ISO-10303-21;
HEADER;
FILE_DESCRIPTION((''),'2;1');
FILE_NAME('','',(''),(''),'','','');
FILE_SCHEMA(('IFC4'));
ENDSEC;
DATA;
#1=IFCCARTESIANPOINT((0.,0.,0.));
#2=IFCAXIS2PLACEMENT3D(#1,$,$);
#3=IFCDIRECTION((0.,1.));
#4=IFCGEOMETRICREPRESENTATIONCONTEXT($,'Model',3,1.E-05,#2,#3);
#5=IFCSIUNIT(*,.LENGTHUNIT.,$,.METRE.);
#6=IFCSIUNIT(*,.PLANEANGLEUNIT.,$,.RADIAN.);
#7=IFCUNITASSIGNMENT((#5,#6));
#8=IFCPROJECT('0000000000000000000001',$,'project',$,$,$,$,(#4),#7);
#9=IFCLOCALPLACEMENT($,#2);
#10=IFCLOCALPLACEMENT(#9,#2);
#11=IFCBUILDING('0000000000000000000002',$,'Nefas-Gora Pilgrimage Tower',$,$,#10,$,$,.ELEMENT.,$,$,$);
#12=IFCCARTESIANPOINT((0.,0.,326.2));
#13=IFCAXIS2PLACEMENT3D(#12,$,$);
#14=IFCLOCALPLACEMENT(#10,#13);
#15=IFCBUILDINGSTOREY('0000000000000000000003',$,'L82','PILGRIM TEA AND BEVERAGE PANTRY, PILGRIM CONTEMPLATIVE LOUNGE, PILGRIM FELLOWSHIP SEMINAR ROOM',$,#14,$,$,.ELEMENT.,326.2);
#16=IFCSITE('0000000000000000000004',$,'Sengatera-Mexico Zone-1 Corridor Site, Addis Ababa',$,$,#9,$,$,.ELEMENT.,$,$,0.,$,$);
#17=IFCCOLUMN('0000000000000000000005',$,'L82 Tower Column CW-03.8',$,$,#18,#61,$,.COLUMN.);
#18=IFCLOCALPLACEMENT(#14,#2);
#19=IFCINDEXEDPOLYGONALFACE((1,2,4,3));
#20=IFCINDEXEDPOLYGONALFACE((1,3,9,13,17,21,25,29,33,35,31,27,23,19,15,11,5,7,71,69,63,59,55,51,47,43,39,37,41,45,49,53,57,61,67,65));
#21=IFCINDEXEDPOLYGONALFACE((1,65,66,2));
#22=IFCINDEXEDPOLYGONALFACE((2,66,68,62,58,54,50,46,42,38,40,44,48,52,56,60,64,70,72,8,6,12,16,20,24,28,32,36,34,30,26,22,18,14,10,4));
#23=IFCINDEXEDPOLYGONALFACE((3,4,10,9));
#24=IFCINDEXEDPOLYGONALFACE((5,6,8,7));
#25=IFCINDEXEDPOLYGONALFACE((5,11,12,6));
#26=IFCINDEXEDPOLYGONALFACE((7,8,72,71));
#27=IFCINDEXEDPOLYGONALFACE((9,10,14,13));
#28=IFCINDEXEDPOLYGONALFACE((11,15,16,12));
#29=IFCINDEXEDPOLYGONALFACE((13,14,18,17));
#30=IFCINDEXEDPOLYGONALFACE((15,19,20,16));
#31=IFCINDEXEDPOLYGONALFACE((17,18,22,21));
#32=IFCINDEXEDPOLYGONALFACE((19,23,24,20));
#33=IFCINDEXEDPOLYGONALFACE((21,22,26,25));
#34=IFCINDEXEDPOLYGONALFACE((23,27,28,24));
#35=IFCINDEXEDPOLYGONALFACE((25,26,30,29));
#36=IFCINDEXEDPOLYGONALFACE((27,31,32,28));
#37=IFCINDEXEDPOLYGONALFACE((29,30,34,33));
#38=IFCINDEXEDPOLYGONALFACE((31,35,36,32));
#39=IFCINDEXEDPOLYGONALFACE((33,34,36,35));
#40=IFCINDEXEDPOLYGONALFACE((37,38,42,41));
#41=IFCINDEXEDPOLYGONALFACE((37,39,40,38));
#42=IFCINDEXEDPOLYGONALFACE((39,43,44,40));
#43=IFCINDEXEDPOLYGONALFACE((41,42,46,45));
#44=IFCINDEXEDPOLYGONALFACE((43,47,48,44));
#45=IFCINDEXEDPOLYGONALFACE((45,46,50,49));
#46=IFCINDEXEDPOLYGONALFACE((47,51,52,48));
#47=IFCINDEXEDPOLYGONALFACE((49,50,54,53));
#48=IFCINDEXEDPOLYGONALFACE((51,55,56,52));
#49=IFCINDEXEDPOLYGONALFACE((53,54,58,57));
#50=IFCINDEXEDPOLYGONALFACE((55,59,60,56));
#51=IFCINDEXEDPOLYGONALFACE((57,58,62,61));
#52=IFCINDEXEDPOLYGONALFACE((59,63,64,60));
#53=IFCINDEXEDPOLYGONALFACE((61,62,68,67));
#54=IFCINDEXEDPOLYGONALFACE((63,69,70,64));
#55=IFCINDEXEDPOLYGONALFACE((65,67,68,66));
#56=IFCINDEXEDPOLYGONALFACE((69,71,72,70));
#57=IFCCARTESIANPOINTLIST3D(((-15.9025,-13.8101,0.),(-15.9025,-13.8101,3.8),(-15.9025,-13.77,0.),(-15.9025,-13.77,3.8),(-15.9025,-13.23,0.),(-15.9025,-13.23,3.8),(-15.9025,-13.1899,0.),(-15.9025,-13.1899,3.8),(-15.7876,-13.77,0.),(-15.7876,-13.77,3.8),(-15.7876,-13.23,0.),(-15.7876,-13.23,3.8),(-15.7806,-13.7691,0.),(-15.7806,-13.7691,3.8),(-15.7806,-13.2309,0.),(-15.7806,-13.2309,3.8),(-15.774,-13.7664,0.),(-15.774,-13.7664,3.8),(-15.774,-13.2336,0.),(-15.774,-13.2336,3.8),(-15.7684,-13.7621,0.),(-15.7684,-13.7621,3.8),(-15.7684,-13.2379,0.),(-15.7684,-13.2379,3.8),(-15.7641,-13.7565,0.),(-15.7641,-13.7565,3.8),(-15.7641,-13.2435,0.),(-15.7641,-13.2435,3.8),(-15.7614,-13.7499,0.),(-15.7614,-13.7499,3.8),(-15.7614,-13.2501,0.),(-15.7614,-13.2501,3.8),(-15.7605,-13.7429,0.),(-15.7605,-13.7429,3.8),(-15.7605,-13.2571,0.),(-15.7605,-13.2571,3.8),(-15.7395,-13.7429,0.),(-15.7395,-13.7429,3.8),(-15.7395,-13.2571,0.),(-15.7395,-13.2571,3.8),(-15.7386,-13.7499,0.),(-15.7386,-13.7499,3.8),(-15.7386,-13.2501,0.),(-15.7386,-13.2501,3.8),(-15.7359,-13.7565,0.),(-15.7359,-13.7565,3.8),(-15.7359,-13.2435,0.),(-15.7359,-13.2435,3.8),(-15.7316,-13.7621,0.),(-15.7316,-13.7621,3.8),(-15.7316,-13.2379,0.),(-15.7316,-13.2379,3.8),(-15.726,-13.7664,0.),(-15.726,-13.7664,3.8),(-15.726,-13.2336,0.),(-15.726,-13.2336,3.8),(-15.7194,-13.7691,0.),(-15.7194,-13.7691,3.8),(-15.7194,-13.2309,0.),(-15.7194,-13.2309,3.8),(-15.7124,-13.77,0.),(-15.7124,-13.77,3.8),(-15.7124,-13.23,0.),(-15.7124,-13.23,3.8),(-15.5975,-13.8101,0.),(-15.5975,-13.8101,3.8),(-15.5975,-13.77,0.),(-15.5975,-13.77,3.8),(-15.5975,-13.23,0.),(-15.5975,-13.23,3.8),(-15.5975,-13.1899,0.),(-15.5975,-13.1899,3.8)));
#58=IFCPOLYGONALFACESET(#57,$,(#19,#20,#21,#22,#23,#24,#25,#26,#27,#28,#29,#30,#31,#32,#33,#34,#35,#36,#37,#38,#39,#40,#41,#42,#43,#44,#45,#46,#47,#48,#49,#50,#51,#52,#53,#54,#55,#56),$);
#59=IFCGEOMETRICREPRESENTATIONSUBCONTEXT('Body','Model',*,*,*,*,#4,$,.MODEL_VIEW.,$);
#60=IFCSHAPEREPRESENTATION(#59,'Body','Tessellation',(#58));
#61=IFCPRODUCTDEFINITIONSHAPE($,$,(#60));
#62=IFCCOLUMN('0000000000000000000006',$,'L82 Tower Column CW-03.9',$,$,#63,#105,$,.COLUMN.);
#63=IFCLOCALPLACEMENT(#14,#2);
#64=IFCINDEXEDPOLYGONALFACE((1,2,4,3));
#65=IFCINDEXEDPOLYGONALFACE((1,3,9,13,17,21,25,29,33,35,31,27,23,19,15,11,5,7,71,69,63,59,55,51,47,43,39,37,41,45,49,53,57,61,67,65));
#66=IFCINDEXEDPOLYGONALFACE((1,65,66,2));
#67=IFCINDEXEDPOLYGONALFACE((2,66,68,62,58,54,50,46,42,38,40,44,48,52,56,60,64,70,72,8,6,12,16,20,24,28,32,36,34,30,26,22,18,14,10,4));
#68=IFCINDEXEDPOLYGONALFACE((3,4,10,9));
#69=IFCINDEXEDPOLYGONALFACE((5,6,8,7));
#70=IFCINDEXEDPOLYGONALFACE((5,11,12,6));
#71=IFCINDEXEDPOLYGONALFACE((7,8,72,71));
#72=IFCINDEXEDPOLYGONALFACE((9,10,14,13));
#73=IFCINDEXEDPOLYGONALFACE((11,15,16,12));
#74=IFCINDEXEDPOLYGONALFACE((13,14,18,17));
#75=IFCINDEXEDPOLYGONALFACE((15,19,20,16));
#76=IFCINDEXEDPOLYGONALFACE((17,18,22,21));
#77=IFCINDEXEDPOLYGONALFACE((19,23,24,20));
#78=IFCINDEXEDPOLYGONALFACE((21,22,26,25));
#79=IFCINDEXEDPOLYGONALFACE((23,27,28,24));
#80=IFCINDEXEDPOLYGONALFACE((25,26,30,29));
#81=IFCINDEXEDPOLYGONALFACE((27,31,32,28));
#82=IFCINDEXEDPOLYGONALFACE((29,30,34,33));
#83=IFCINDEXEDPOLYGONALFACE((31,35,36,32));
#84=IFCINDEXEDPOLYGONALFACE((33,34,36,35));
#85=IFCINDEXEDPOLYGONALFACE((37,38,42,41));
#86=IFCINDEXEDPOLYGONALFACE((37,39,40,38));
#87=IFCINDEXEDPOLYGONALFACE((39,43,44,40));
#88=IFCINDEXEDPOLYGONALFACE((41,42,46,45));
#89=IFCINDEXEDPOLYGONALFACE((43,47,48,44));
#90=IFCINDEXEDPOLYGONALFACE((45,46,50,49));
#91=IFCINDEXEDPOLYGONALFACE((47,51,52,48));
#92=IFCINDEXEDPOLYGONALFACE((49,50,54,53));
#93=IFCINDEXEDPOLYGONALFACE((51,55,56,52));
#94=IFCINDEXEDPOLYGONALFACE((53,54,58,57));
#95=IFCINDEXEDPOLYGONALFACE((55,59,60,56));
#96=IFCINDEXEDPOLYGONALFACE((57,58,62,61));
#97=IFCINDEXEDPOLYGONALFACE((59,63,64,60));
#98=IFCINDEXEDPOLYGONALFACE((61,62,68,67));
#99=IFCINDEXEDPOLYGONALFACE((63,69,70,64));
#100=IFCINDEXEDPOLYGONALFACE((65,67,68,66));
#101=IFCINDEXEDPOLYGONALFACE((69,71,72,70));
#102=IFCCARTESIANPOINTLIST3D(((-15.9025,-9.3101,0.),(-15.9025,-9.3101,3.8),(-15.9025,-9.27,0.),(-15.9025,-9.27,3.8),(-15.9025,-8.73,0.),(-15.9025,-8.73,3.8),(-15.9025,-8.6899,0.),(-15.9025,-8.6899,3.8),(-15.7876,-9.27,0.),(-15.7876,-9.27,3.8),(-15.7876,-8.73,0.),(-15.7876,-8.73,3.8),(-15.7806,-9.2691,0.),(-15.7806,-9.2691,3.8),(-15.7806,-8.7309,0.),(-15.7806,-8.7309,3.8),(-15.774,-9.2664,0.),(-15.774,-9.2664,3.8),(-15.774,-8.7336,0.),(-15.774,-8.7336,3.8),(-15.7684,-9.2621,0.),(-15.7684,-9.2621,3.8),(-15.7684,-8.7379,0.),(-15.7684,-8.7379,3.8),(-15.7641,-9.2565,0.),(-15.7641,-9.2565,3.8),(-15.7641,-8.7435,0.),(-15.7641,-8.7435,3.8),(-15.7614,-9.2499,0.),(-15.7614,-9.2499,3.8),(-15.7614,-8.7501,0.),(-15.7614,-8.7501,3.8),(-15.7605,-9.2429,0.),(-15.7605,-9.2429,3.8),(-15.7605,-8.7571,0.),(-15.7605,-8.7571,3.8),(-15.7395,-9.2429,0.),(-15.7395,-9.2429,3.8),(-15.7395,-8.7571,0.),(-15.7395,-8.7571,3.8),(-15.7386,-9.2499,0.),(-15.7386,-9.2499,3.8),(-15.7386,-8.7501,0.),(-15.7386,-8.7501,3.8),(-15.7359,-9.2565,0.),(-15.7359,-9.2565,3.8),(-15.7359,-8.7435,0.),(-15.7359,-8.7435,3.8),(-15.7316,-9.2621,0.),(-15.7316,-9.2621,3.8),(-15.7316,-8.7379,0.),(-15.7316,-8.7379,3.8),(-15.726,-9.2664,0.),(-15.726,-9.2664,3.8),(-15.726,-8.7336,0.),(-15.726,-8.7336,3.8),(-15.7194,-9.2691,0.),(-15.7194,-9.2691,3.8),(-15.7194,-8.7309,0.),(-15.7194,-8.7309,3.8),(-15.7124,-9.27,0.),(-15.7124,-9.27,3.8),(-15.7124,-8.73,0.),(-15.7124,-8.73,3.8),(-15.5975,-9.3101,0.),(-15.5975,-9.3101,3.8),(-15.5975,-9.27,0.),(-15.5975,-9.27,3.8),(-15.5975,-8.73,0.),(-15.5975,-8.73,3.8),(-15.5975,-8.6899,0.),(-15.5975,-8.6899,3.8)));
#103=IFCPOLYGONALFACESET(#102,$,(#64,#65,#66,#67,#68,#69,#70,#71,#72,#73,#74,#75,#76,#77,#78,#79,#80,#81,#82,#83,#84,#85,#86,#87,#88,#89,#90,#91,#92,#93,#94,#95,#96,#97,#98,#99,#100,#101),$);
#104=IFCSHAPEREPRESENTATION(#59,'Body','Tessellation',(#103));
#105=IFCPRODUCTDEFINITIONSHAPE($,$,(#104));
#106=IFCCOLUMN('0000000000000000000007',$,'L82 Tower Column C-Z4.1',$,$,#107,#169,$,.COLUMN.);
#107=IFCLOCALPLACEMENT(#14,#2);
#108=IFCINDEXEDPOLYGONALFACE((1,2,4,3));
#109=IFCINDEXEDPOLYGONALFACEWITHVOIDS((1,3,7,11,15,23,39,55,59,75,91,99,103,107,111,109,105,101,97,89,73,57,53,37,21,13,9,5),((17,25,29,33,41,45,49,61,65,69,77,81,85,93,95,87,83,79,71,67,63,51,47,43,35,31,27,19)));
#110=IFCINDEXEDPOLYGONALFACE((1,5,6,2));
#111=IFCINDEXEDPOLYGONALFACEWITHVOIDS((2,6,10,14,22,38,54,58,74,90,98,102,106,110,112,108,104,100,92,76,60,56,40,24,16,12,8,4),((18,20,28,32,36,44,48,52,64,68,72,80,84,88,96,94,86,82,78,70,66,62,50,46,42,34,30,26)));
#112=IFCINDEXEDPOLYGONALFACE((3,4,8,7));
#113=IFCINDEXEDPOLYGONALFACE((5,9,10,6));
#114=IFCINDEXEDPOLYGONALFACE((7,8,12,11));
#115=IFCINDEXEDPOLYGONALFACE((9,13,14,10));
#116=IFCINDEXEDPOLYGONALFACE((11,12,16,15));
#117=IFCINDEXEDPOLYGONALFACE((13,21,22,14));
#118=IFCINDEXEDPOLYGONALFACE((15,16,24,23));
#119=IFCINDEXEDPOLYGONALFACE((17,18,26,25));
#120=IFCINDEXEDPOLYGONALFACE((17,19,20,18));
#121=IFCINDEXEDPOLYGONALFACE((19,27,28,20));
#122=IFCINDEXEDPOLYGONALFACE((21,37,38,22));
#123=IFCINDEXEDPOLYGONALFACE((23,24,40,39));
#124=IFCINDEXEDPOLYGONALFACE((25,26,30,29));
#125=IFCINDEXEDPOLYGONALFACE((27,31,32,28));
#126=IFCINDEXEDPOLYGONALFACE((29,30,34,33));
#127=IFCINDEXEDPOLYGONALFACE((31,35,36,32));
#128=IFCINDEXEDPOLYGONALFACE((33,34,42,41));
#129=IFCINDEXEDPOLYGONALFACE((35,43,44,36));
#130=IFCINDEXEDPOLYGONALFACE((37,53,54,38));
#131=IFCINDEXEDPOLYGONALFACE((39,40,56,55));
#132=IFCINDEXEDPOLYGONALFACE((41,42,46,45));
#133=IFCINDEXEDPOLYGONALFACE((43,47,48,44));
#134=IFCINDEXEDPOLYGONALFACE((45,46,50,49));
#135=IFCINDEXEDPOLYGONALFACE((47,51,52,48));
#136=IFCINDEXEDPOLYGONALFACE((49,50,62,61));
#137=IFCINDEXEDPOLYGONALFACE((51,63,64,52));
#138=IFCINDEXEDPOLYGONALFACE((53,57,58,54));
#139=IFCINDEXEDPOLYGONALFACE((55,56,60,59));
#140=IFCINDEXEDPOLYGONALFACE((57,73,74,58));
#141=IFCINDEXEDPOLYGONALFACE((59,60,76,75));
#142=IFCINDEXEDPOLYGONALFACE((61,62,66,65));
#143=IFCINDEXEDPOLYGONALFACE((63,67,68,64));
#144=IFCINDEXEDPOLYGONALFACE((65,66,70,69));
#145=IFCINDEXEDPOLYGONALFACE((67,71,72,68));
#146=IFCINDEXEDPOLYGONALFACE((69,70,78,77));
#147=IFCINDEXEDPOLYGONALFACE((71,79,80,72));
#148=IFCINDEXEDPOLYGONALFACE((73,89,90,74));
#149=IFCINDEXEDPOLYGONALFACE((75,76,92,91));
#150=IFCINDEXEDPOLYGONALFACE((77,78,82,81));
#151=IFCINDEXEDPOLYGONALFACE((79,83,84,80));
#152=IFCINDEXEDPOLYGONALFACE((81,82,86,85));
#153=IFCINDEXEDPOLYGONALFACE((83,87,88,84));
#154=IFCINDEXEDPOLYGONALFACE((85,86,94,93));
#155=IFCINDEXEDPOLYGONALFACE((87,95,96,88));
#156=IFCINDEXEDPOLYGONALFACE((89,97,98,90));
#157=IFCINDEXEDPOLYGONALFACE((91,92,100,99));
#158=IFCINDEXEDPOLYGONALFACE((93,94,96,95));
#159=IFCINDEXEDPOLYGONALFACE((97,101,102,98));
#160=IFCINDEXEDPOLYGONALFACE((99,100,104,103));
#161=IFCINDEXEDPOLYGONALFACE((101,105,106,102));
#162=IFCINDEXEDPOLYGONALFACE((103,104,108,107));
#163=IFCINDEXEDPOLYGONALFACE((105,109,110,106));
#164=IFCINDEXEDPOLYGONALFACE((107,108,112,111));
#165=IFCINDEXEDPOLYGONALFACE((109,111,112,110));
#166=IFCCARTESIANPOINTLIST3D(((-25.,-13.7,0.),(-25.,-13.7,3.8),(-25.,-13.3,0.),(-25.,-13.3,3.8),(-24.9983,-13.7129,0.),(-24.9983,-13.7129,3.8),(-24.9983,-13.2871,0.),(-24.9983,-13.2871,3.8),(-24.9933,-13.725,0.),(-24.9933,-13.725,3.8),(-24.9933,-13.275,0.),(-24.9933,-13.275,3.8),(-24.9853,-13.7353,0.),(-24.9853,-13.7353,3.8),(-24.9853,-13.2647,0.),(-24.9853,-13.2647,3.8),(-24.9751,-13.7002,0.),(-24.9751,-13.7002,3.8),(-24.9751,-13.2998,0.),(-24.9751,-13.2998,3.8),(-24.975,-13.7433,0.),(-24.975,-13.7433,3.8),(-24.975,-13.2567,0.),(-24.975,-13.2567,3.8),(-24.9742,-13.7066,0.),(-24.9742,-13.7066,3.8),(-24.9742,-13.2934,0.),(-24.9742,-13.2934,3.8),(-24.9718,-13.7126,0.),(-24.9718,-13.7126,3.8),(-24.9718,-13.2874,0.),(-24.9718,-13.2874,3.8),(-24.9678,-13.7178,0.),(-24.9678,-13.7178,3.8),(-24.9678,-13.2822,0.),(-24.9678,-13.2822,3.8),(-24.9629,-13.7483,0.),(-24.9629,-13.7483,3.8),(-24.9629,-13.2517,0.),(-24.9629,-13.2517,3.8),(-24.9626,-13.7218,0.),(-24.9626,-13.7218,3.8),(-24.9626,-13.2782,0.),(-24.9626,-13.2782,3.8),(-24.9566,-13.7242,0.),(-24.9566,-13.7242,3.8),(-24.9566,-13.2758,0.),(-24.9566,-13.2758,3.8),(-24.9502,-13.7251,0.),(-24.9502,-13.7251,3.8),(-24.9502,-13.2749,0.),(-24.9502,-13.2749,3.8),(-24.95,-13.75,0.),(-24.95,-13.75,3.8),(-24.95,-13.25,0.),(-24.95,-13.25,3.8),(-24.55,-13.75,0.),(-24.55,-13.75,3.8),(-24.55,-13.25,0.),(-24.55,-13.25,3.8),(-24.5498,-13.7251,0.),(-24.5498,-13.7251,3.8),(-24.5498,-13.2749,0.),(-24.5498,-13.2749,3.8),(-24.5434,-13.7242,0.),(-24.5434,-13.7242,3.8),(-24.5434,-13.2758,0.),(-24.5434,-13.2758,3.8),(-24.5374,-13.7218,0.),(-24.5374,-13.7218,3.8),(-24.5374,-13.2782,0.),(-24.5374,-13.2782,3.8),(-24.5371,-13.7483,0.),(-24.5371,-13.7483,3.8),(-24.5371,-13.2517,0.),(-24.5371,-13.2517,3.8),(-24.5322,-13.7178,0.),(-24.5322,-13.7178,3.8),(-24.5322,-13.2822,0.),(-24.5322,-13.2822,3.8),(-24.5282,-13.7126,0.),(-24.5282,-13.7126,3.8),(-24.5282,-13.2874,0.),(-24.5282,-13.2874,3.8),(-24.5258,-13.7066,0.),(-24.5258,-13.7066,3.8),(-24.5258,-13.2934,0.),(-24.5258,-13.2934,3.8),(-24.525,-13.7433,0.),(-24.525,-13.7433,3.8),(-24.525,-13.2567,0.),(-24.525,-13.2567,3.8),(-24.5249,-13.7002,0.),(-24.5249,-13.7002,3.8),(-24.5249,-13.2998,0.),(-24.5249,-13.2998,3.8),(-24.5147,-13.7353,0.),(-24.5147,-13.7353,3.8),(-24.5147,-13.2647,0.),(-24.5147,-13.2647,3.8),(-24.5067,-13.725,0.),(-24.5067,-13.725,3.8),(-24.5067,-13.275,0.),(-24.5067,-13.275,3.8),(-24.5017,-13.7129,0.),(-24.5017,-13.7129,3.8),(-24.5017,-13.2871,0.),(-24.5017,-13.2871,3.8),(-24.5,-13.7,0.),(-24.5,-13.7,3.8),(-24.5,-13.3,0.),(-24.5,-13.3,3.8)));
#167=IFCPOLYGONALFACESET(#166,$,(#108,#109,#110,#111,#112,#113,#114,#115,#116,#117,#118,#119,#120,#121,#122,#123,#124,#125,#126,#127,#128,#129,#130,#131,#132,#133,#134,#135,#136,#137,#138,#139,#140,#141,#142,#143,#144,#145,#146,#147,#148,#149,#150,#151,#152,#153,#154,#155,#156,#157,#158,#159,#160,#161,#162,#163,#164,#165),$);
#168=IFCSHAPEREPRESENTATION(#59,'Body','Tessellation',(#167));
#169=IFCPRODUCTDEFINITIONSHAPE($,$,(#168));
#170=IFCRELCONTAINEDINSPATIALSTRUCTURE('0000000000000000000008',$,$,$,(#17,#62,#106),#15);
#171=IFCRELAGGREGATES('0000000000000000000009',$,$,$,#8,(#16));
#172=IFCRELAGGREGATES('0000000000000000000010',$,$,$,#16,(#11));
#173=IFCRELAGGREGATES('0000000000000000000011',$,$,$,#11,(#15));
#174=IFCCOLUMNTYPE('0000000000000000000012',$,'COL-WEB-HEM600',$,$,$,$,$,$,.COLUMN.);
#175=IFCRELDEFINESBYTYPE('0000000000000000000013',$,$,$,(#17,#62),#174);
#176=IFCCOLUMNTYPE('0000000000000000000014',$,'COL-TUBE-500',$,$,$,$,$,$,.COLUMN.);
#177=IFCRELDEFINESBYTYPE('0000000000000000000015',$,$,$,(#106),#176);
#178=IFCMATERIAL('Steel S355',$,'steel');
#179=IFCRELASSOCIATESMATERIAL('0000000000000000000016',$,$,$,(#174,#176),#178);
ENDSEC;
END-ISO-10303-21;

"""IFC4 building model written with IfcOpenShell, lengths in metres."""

from ifc_helpers import new_model, si_unit, direction, frame, origin, origin_2d, place, context, subcontext, project, spatial, hollow_rectangle, i_section, extrude, source, transform, mapped, material, material_profile, profile_set, type_object, element, save


model = new_model("IFC4")

# Units and contexts
model_context = context("Model", 3, precision=1e-05, world=origin(), true_north=direction((0.0, 1.0)))
body_context = subcontext(model_context, "Body", "Model", "MODEL_VIEW")
ifc_project = project(units=[si_unit("LENGTHUNIT", "METRE"), si_unit("PLANEANGLEUNIT", "RADIAN")], contexts=[model_context])

# Site, building, storey
site_placement = place(None, origin())
site = spatial("IfcSite", under=ifc_project, at=site_placement, Name="Sengatera-Mexico Zone-1 Corridor Site, Addis Ababa", CompositionType="ELEMENT", RefElevation=0.0)
building_placement = place(site_placement, origin())
building = spatial("IfcBuilding", under=site, at=building_placement, Name="Nefas-Gora Pilgrimage Tower", CompositionType="ELEMENT")
storey_placement = place(building_placement, frame((0.0, 0.0, 326.2)))
storey = spatial("IfcBuildingStorey", under=building, at=storey_placement, Name="L82", Description="PILGRIM TEA AND BEVERAGE PANTRY, PILGRIM CONTEMPLATIVE LOUNGE, PILGRIM FELLOWSHIP SEMINAR ROOM", CompositionType="ELEMENT", Elevation=326.2)

# Columns
ifc_material_1 = material(Name="Steel S355", Category="steel")
ifc_material_profile_1 = material_profile(ifc_material_1, i_section(OverallWidth=0.3049, OverallDepth=0.6201, WebThickness=0.021, FlangeThickness=0.04, FilletRadius=0.0271, at=origin_2d()), Name="HEM 600")
ifc_profile_set_1 = profile_set([ifc_material_profile_1], Name="Steel S355")
column_type_1 = type_object("IfcColumnType", Name="COL-WEB-HEM600", PredefinedType="COLUMN", material=ifc_profile_set_1)
shared_shape_1 = source(origin(), body_context, "Body", "SweptSolid", [
    extrude(i_section(OverallWidth=0.3049, OverallDepth=0.6201, WebThickness=0.021, FlangeThickness=0.04, FilletRadius=0.0271, at=origin_2d()), origin(), (0.0, 0.0, 1.0), 3.8),
])
for number, where, z_axis, x_axis, name in (
    (1, (-15.75, -13.5, 0.0), (0.0, 0.0, 1.0), (1.0, 0.0, 0.0), "L82 Tower Column CW-03.8"),
    (2, (-15.75, -9.0, 0.0), (0.0, 0.0, 1.0), (1.0, 0.0, 0.0), "L82 Tower Column CW-03.9"),
):
    element("IfcColumn", number, at=place(storey_placement, frame(where, z_axis=z_axis, x_axis=x_axis)), inside=storey, type_object=column_type_1, Name=name, PredefinedType="COLUMN", context=body_context, shape_type="MappedRepresentation", body=[
        mapped(shared_shape_1, transform((0.0, 0.0, 0.0), x_axis=(1.0, 0.0, 0.0), y_axis=(0.0, 1.0, 0.0), z_axis=(0.0, 0.0, 1.0), scale=1.0)),
    ])
ifc_material_profile_2 = material_profile(ifc_material_1, hollow_rectangle(XDim=0.5, YDim=0.5, WallThickness=0.0249, InnerFilletRadius=0.0249, OuterFilletRadius=0.05, at=origin_2d()), Name="SHS 500x500x25")
ifc_profile_set_2 = profile_set([ifc_material_profile_2], Name="Steel S355")
column_type_2 = type_object("IfcColumnType", Name="COL-TUBE-500", PredefinedType="COLUMN", material=ifc_profile_set_2)
shared_shape_2 = source(origin(), body_context, "Body", "SweptSolid", [
    extrude(hollow_rectangle(XDim=0.5, YDim=0.5, WallThickness=0.0249, InnerFilletRadius=0.0249, OuterFilletRadius=0.05, at=origin_2d()), origin(), (0.0, 0.0, 1.0), 3.8),
])
for number, where, z_axis, x_axis, name in (
    (3, (-24.75, -13.5, 0.0), (0.0, 0.0, 1.0), (1.0, 0.0, 0.0), "L82 Tower Column C-Z4.1"),
):
    element("IfcColumn", number, at=place(storey_placement, frame(where, z_axis=z_axis, x_axis=x_axis)), inside=storey, type_object=column_type_2, Name=name, PredefinedType="COLUMN", context=body_context, shape_type="MappedRepresentation", body=[
        mapped(shared_shape_2, transform((0.0, 0.0, 0.0), x_axis=(1.0, 0.0, 0.0), y_axis=(0.0, 1.0, 0.0), z_axis=(0.0, 0.0, 1.0), scale=1.0)),
    ])

save(model, "model.ifc")
